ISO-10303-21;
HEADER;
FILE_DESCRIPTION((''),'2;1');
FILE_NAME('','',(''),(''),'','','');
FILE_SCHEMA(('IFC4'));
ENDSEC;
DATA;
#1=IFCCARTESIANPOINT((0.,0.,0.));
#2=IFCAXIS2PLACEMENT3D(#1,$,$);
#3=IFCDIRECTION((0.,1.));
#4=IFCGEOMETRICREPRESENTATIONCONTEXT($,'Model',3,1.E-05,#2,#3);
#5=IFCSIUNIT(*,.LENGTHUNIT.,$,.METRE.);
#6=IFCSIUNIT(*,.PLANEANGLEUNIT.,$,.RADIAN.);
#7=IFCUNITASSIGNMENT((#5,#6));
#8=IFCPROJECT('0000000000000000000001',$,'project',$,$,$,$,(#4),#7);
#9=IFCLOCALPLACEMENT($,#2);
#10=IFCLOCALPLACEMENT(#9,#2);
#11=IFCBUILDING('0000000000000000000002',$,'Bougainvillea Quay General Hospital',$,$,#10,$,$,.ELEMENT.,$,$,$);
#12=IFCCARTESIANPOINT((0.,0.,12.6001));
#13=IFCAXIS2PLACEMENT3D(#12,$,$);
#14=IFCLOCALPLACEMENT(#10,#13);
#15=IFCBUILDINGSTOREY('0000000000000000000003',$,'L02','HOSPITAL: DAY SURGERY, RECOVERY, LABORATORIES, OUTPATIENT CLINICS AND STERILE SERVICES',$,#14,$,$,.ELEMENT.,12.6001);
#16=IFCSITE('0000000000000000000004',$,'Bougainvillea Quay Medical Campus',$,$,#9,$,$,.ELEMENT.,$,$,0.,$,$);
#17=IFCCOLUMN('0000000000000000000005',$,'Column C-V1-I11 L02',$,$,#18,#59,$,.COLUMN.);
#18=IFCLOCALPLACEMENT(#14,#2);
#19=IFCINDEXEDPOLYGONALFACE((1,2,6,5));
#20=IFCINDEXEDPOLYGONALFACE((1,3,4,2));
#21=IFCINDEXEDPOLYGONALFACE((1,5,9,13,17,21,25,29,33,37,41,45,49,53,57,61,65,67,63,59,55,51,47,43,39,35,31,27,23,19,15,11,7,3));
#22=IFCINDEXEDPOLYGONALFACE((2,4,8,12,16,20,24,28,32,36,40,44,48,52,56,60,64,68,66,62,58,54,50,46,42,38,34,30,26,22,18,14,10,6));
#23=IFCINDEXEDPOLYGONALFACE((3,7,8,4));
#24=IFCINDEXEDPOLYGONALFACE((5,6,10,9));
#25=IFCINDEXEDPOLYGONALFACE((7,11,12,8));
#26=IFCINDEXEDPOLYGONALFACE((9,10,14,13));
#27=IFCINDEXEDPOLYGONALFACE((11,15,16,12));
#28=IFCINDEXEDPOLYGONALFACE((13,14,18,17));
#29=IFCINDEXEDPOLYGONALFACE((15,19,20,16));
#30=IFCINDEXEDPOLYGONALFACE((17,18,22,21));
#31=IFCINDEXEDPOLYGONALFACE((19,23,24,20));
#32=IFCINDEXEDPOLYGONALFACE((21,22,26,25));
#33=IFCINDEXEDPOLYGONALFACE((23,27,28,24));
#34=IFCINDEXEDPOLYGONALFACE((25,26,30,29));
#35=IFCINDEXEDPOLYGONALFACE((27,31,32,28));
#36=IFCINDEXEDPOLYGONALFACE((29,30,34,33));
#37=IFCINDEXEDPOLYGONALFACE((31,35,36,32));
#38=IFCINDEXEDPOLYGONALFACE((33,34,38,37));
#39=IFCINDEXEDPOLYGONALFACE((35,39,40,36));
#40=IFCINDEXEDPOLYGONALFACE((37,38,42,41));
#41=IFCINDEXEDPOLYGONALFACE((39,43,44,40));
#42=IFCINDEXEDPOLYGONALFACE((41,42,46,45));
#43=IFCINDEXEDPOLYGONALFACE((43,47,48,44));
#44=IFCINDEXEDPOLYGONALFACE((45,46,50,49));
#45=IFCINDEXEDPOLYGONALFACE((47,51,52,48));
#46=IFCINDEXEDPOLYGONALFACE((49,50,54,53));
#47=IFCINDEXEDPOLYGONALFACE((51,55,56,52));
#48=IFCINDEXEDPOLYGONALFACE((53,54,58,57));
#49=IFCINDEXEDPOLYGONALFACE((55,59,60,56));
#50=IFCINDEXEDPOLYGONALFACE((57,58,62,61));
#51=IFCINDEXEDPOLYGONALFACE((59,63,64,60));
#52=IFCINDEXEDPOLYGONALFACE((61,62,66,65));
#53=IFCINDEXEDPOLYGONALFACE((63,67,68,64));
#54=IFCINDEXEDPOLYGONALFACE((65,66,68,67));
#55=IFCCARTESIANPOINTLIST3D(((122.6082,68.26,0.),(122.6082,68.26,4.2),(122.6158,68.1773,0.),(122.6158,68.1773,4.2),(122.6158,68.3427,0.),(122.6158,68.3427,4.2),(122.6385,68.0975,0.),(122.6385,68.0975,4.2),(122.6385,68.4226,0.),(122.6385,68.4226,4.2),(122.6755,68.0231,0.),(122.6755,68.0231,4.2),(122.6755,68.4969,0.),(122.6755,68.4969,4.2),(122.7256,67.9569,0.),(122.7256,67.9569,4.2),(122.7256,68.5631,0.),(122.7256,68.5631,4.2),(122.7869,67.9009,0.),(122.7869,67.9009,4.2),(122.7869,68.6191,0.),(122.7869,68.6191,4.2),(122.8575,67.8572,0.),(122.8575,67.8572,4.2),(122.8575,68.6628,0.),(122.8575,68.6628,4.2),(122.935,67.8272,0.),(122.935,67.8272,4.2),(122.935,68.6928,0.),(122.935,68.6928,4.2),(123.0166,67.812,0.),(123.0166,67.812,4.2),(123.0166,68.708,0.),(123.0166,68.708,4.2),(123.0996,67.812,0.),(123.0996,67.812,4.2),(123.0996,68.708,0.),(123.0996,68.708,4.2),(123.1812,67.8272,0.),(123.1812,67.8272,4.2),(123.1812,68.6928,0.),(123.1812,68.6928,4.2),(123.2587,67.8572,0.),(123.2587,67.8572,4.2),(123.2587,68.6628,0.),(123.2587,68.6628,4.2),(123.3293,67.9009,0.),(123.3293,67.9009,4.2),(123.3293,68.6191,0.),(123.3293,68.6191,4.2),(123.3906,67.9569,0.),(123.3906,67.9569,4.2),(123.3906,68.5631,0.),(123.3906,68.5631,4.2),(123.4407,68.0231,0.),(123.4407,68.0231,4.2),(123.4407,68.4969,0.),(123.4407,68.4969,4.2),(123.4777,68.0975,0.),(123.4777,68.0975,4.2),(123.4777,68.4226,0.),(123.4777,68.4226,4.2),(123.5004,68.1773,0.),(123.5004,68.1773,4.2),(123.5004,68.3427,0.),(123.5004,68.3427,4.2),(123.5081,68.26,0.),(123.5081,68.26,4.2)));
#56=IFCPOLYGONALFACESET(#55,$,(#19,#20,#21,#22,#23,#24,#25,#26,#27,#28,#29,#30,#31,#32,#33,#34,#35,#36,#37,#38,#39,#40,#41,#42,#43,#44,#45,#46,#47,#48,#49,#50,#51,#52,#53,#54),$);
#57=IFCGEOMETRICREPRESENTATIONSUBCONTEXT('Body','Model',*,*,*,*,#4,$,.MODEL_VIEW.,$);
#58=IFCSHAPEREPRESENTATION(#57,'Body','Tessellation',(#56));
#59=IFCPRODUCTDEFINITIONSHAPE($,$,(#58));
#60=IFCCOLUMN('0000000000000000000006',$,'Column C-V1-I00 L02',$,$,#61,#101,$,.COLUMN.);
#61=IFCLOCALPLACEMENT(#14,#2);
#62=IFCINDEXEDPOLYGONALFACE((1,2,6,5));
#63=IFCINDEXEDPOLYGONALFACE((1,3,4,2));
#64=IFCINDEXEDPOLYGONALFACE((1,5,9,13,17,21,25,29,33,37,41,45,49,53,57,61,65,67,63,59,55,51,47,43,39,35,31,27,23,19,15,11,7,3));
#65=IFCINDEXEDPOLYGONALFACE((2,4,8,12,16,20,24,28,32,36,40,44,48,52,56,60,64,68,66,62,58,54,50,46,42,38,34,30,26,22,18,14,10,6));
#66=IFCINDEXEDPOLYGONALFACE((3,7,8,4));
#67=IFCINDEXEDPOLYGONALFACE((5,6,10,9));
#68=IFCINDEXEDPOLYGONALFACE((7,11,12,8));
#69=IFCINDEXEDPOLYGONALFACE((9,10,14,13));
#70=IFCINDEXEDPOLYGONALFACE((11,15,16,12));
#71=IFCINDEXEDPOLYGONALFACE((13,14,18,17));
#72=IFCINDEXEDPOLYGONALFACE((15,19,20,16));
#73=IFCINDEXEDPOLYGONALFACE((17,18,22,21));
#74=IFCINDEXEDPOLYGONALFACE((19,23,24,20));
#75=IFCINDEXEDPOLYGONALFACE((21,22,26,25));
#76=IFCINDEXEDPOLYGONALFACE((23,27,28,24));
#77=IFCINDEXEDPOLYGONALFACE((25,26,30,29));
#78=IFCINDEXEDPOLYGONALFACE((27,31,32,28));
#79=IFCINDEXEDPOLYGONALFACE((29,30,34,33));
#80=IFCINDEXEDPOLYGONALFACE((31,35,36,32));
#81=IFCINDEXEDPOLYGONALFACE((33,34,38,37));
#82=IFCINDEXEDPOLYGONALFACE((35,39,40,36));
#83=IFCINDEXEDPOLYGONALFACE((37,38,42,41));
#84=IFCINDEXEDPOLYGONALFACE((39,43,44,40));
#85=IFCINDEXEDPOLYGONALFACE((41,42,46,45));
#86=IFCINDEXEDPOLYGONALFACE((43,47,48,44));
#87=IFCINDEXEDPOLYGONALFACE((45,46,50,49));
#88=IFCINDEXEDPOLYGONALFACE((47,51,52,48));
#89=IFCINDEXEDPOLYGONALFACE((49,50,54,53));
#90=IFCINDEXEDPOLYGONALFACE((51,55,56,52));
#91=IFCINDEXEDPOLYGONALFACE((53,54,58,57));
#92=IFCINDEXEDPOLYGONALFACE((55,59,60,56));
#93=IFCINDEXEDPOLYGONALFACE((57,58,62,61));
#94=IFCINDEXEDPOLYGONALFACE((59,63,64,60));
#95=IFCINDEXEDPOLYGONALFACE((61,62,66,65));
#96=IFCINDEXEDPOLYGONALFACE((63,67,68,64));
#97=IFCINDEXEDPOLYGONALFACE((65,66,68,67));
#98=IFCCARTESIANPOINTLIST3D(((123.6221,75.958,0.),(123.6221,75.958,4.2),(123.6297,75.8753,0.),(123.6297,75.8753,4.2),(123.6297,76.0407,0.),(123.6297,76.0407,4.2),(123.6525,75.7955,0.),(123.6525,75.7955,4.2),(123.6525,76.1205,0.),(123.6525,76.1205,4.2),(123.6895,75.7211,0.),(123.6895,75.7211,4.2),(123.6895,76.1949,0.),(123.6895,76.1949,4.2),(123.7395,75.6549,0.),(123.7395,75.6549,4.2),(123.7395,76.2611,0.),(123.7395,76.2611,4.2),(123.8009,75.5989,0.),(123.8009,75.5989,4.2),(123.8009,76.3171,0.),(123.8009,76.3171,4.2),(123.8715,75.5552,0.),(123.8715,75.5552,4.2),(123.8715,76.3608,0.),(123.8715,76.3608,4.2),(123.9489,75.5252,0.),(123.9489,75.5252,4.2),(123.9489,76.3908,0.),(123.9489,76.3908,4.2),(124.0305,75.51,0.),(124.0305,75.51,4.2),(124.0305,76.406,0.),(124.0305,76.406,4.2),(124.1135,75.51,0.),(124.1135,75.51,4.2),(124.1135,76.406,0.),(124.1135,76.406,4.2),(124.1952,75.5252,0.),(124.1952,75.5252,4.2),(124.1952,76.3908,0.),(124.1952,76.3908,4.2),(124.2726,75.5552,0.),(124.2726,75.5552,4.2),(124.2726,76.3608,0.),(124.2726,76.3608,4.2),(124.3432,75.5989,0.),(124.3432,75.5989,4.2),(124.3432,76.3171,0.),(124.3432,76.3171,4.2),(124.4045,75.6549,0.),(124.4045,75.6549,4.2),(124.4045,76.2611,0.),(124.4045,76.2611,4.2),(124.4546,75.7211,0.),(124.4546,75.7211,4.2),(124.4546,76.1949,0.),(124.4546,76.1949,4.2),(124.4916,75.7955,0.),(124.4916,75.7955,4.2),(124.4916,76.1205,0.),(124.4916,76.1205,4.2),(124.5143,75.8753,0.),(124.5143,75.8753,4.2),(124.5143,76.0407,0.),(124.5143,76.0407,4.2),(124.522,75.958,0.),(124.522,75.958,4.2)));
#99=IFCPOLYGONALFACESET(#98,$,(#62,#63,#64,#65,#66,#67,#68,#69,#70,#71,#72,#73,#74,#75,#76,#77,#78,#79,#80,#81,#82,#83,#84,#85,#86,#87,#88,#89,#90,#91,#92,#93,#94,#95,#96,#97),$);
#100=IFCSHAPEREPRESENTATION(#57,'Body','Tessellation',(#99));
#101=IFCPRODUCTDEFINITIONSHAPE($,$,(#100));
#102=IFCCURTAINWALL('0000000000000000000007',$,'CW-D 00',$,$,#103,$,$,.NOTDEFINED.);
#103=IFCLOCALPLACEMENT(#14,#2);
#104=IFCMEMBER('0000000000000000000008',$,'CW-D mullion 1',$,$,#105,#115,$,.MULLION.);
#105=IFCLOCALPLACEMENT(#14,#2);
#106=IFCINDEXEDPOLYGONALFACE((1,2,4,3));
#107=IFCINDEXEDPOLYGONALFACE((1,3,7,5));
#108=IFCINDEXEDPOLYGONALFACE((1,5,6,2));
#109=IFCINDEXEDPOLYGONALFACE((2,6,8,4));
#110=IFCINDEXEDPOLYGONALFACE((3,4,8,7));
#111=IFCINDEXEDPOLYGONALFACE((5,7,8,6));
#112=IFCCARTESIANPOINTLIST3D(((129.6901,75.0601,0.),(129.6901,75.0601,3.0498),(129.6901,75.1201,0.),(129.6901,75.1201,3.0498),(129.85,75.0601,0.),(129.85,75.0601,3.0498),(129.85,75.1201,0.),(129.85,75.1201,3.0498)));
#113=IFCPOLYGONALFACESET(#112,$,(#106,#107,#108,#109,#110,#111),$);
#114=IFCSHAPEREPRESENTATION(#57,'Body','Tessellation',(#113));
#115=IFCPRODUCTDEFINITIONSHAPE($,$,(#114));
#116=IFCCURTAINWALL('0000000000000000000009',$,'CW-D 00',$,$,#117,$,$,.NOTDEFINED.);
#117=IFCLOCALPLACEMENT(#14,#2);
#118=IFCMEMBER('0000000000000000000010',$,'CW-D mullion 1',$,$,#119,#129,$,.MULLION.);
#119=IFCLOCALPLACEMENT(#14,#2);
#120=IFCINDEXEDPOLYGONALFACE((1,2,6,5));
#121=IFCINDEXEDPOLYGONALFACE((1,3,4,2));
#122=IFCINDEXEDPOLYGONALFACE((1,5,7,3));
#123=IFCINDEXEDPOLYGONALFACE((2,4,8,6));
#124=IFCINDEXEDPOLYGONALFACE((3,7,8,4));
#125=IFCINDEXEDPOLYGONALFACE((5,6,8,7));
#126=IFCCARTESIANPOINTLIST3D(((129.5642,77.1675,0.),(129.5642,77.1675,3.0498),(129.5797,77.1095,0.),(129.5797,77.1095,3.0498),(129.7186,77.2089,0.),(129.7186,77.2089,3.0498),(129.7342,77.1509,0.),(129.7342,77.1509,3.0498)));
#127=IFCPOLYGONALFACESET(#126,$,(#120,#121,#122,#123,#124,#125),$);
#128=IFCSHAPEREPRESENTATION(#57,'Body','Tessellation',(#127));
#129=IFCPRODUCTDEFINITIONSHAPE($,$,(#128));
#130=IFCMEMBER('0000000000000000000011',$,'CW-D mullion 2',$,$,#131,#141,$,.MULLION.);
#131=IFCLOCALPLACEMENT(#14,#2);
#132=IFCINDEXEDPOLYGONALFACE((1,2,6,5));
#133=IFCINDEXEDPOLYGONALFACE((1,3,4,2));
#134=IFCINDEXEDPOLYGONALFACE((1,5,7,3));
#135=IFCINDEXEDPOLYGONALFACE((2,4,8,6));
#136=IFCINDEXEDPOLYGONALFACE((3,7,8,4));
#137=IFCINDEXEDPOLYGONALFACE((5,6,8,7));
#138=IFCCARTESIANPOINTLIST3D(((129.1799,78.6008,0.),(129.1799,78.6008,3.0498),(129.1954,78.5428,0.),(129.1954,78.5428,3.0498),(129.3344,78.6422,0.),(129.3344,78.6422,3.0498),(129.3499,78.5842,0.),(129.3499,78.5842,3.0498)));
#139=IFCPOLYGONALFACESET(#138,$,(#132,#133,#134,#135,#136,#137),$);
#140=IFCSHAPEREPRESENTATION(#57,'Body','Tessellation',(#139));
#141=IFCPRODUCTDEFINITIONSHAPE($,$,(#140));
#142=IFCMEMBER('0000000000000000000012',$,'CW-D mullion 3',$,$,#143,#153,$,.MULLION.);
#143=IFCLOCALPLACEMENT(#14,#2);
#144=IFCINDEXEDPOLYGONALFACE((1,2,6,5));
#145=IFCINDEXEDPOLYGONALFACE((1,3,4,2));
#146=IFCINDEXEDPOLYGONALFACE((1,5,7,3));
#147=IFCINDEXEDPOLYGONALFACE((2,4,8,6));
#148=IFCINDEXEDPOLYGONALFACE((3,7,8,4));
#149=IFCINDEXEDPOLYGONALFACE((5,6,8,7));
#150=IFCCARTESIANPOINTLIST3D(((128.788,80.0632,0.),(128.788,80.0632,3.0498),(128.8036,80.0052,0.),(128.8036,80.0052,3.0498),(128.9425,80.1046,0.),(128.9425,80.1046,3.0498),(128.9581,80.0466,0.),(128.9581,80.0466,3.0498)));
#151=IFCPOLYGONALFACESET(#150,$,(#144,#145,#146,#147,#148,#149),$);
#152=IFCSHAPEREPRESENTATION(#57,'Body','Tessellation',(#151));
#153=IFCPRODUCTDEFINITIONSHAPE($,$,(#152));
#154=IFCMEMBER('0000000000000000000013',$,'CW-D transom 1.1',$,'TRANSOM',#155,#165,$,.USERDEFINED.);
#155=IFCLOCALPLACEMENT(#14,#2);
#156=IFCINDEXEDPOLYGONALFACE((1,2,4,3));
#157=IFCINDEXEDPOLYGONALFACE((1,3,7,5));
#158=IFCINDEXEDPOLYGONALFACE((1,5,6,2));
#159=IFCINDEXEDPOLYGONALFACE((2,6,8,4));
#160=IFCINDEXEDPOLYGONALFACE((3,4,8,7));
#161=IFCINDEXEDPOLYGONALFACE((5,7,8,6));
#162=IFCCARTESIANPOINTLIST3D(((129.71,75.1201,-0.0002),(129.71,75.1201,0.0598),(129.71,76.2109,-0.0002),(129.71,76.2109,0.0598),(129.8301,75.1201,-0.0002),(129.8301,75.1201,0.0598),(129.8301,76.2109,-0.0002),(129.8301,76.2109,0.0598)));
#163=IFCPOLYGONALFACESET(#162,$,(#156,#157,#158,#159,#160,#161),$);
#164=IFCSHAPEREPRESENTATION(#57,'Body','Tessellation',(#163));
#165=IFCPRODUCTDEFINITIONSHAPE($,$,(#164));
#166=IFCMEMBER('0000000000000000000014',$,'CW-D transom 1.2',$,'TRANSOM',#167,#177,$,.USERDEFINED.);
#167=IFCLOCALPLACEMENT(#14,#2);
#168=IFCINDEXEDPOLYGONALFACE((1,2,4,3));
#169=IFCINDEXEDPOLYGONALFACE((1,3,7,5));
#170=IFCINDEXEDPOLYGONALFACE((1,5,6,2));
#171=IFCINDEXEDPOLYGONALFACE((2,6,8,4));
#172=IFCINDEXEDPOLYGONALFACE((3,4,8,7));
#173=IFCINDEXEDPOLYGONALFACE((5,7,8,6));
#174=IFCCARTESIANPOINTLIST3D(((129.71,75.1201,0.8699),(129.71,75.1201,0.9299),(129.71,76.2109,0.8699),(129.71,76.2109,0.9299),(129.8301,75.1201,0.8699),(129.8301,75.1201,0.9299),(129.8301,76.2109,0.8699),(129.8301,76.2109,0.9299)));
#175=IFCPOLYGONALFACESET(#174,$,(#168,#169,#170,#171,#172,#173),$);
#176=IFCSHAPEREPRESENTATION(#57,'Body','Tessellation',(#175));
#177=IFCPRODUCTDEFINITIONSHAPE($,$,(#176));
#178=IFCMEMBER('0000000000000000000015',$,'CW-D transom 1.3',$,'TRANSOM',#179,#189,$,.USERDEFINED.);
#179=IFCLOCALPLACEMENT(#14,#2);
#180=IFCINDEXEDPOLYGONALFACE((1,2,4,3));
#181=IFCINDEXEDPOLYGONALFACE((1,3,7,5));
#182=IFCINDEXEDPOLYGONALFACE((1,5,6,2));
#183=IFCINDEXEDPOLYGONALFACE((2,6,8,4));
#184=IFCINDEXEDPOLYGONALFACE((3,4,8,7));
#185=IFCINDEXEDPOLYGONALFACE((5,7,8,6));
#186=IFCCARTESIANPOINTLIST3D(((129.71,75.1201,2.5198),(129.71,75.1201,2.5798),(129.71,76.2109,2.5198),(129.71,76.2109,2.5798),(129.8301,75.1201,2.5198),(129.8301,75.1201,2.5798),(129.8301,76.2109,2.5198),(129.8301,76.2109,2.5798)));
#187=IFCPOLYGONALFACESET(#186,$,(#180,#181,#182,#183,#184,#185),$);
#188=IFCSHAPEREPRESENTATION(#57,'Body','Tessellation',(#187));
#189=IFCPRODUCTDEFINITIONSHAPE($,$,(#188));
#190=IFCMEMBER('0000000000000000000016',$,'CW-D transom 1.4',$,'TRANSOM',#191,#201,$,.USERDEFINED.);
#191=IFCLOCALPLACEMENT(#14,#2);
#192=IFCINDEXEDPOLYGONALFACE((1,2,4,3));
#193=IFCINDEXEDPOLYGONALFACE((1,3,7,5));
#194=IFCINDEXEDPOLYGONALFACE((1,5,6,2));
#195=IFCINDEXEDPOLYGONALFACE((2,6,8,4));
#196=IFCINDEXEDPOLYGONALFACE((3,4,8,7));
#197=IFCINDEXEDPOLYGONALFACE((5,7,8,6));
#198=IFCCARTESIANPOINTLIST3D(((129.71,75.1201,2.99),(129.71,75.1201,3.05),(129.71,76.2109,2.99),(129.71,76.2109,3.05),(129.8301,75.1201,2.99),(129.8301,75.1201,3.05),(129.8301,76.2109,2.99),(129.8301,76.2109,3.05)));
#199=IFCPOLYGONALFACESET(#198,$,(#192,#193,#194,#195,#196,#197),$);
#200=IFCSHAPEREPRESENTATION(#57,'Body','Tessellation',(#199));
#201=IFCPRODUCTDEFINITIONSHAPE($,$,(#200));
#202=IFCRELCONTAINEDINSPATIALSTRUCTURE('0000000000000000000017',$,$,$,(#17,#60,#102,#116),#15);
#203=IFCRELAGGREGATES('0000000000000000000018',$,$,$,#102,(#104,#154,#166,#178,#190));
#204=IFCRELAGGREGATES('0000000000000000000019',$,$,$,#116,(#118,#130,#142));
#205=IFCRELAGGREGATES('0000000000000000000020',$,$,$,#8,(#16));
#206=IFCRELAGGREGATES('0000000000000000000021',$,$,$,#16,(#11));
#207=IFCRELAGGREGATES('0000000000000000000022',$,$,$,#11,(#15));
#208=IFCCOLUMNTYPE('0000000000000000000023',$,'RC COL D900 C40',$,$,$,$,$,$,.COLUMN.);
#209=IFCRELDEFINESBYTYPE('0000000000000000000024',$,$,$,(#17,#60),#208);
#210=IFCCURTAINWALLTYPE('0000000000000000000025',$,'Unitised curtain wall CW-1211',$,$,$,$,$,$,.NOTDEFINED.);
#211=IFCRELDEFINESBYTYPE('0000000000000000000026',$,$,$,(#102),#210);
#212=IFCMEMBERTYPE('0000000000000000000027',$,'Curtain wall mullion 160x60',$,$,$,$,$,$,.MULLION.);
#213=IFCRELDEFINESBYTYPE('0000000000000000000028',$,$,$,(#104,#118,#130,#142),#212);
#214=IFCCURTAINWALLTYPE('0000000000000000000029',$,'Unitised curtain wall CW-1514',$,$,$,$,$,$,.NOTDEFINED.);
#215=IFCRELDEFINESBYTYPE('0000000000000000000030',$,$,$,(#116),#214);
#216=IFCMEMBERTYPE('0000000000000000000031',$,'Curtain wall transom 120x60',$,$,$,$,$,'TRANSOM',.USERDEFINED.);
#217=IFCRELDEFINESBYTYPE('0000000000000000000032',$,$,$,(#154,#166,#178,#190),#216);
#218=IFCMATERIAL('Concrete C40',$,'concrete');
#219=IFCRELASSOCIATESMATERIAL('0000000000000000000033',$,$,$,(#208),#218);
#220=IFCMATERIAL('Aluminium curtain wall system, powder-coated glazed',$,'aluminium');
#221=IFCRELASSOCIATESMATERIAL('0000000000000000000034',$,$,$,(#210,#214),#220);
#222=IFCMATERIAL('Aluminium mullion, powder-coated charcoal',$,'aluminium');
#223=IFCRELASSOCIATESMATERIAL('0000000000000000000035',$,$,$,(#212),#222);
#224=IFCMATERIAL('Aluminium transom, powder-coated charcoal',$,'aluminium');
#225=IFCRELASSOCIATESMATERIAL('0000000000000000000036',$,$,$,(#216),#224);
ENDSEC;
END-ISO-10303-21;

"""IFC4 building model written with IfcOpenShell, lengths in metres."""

from ifc_helpers import new_model, si_unit, direction, frame, origin, origin_2d, place, context, subcontext, project, spatial, rectangle, circle, extrude, material, material_profile, profile_set, type_object, element, aggregate, save


model = new_model("IFC4")

# Units and contexts
model_context = context("Model", 3, precision=1e-05, world=origin(), true_north=direction((0.0, 1.0)))
body_context = subcontext(model_context, "Body", "Model", "MODEL_VIEW")
ifc_project = project(units=[si_unit("LENGTHUNIT", "METRE"), si_unit("PLANEANGLEUNIT", "RADIAN")], contexts=[model_context])

# Site, building, storey
site_placement = place(None, origin())
site = spatial("IfcSite", under=ifc_project, at=site_placement, Name="Bougainvillea Quay Medical Campus", CompositionType="ELEMENT", RefElevation=0.0)
building_placement = place(site_placement, origin())
building = spatial("IfcBuilding", under=site, at=building_placement, Name="Bougainvillea Quay General Hospital", CompositionType="ELEMENT")
storey_placement = place(building_placement, frame((0.0, 0.0, 12.6001)))
storey = spatial("IfcBuildingStorey", under=building, at=storey_placement, Name="L02", Description="HOSPITAL: DAY SURGERY, RECOVERY, LABORATORIES, OUTPATIENT CLINICS AND STERILE SERVICES", CompositionType="ELEMENT", Elevation=12.6001)

# Columns
ifc_material_1 = material(Name="Concrete C40", Category="concrete")
ifc_material_profile_1 = material_profile(ifc_material_1, circle(Radius=0.45, at=origin_2d()))
ifc_profile_set_1 = profile_set([ifc_material_profile_1], Name="Concrete C40")
column_type = type_object("IfcColumnType", Name="RC COL D900 C40", PredefinedType="COLUMN", material=ifc_profile_set_1)
for number, where, z_axis, x_axis, name in (
    (1, (123.0581, 68.26, 0.0), (0.0, 0.0, 1.0), (1.0, 0.0, 0.0), "Column C-V1-I11 L02"),
    (2, (124.072, 75.958, 0.0), (0.0, 0.0, 1.0), (1.0, 0.0, 0.0), "Column C-V1-I00 L02"),
):
    element("IfcColumn", number, at=place(storey_placement, frame(where, z_axis=z_axis, x_axis=x_axis)), inside=storey, type_object=column_type, Name=name, PredefinedType="COLUMN", context=body_context, shape_type="SweptSolid", body=[
        extrude(circle(Radius=0.45, at=origin_2d()), origin(), (0.0, 0.0, 1.0), 4.2),
    ])

# Curtain wall, member
ifc_material_2 = material(Name="Aluminium curtain wall system, powder-coated glazed", Category="aluminium")
curtain_wall_type_1 = type_object("IfcCurtainWallType", Name="Unitised curtain wall CW-1211", PredefinedType="NOTDEFINED", material=ifc_material_2)
curtain_wall_1_placement = place(storey_placement, origin())
curtain_wall_1 = element("IfcCurtainWall", 3, at=curtain_wall_1_placement, inside=storey, type_object=curtain_wall_type_1, Name="CW-D 00", PredefinedType="NOTDEFINED")
ifc_material_3 = material(Name="Aluminium mullion, powder-coated charcoal", Category="aluminium")
ifc_material_profile_2 = material_profile(ifc_material_3, rectangle(XDim=0.1599, YDim=0.0601, at=origin_2d()))
ifc_profile_set_2 = profile_set([ifc_material_profile_2], Name="Aluminium mullion, powder-coated charcoal")
member_type_1 = type_object("IfcMemberType", Name="Curtain wall mullion 160x60", PredefinedType="MULLION", material=ifc_profile_set_2)
member_1_placement = place(storey_placement, frame((129.77, 75.0901, 0.0), z_axis=(0.0, 0.0, 1.0), x_axis=(-1.0, 0.0, 0.0)))
member_1 = element("IfcMember", 4, at=member_1_placement, type_object=member_type_1, Name="CW-D mullion 1", PredefinedType="MULLION", context=body_context, shape_type="SweptSolid", body=[
    extrude(rectangle(XDim=0.1599, YDim=0.0601, at=origin_2d()), origin(), (0.0, 0.0, 1.0), 3.0498),
])

# Curtain wall, members
curtain_wall_type_2 = type_object("IfcCurtainWallType", Name="Unitised curtain wall CW-1514", PredefinedType="NOTDEFINED", material=ifc_material_2)
curtain_wall_2_placement = place(storey_placement, origin())
curtain_wall_2 = element("IfcCurtainWall", 5, at=curtain_wall_2_placement, inside=storey, type_object=curtain_wall_type_2, Name="CW-D 00", PredefinedType="NOTDEFINED")
member_2_placement = place(storey_placement, frame((129.6492, 77.1592, 0.0), z_axis=(0.0, 0.0, 1.0), x_axis=(-0.965916, -0.258855, 0.0)))
member_2 = element("IfcMember", 6, at=member_2_placement, type_object=member_type_1, Name="CW-D mullion 1", PredefinedType="MULLION", context=body_context, shape_type="SweptSolid", body=[
    extrude(rectangle(XDim=0.1599, YDim=0.0601, at=origin_2d()), origin(), (0.0, 0.0, 1.0), 3.0498),
])
member_3_placement = place(storey_placement, frame((129.2649, 78.5925, 0.0), z_axis=(0.0, 0.0, 1.0), x_axis=(-0.965916, -0.258855, 0.0)))
member_3 = element("IfcMember", 7, at=member_3_placement, type_object=member_type_1, Name="CW-D mullion 2", PredefinedType="MULLION", context=body_context, shape_type="SweptSolid", body=[
    extrude(rectangle(XDim=0.1599, YDim=0.0601, at=origin_2d()), origin(), (0.0, 0.0, 1.0), 3.0498),
])
member_4_placement = place(storey_placement, frame((128.873, 80.0549, 0.0), z_axis=(0.0, 0.0, 1.0), x_axis=(-0.965916, -0.258855, 0.0)))
member_4 = element("IfcMember", 8, at=member_4_placement, type_object=member_type_1, Name="CW-D mullion 3", PredefinedType="MULLION", context=body_context, shape_type="SweptSolid", body=[
    extrude(rectangle(XDim=0.1599, YDim=0.0601, at=origin_2d()), origin(), (0.0, 0.0, 1.0), 3.0498),
])

# Members
ifc_material_4 = material(Name="Aluminium transom, powder-coated charcoal", Category="aluminium")
ifc_material_profile_3 = material_profile(ifc_material_4, rectangle(XDim=0.1201, YDim=0.0601, at=origin_2d()))
ifc_profile_set_3 = profile_set([ifc_material_profile_3], Name="Aluminium transom, powder-coated charcoal")
member_type_2 = type_object("IfcMemberType", Name="Curtain wall transom 120x60", ElementType="TRANSOM", PredefinedType="USERDEFINED", material=ifc_profile_set_3)
member_5_placement = place(storey_placement, frame((129.77, 75.1201, 0.0298), z_axis=(0.0, 1.0, 0.0), x_axis=(-1.0, 0.0, 0.0)))
member_5 = element("IfcMember", 9, at=member_5_placement, type_object=member_type_2, Name="CW-D transom 1.1", ObjectType="TRANSOM", PredefinedType="USERDEFINED", context=body_context, shape_type="SweptSolid", body=[
    extrude(rectangle(XDim=0.1201, YDim=0.0601, at=origin_2d()), origin(), (0.0, 0.0, 1.0), 1.0908),
])
member_6_placement = place(storey_placement, frame((129.77, 75.1201, 0.8999), z_axis=(0.0, 1.0, 0.0), x_axis=(-1.0, 0.0, 0.0)))
member_6 = element("IfcMember", 10, at=member_6_placement, type_object=member_type_2, Name="CW-D transom 1.2", ObjectType="TRANSOM", PredefinedType="USERDEFINED", context=body_context, shape_type="SweptSolid", body=[
    extrude(rectangle(XDim=0.1201, YDim=0.0601, at=origin_2d()), origin(), (0.0, 0.0, 1.0), 1.0908),
])
member_7_placement = place(storey_placement, frame((129.77, 75.1201, 2.5498), z_axis=(0.0, 1.0, 0.0), x_axis=(-1.0, 0.0, 0.0)))
member_7 = element("IfcMember", 11, at=member_7_placement, type_object=member_type_2, Name="CW-D transom 1.3", ObjectType="TRANSOM", PredefinedType="USERDEFINED", context=body_context, shape_type="SweptSolid", body=[
    extrude(rectangle(XDim=0.1201, YDim=0.0601, at=origin_2d()), origin(), (0.0, 0.0, 1.0), 1.0908),
])
member_8_placement = place(storey_placement, frame((129.77, 75.1201, 3.02), z_axis=(0.0, 1.0, 0.0), x_axis=(-1.0, 0.0, 0.0)))
member_8 = element("IfcMember", 12, at=member_8_placement, type_object=member_type_2, Name="CW-D transom 1.4", ObjectType="TRANSOM", PredefinedType="USERDEFINED", context=body_context, shape_type="SweptSolid", body=[
    extrude(rectangle(XDim=0.1201, YDim=0.0601, at=origin_2d()), origin(), (0.0, 0.0, 1.0), 1.0908),
])

aggregate(curtain_wall_1, [member_1, member_5, member_6, member_7, member_8])
aggregate(curtain_wall_2, [member_2, member_3, member_4])

save(model, "model.ifc")
